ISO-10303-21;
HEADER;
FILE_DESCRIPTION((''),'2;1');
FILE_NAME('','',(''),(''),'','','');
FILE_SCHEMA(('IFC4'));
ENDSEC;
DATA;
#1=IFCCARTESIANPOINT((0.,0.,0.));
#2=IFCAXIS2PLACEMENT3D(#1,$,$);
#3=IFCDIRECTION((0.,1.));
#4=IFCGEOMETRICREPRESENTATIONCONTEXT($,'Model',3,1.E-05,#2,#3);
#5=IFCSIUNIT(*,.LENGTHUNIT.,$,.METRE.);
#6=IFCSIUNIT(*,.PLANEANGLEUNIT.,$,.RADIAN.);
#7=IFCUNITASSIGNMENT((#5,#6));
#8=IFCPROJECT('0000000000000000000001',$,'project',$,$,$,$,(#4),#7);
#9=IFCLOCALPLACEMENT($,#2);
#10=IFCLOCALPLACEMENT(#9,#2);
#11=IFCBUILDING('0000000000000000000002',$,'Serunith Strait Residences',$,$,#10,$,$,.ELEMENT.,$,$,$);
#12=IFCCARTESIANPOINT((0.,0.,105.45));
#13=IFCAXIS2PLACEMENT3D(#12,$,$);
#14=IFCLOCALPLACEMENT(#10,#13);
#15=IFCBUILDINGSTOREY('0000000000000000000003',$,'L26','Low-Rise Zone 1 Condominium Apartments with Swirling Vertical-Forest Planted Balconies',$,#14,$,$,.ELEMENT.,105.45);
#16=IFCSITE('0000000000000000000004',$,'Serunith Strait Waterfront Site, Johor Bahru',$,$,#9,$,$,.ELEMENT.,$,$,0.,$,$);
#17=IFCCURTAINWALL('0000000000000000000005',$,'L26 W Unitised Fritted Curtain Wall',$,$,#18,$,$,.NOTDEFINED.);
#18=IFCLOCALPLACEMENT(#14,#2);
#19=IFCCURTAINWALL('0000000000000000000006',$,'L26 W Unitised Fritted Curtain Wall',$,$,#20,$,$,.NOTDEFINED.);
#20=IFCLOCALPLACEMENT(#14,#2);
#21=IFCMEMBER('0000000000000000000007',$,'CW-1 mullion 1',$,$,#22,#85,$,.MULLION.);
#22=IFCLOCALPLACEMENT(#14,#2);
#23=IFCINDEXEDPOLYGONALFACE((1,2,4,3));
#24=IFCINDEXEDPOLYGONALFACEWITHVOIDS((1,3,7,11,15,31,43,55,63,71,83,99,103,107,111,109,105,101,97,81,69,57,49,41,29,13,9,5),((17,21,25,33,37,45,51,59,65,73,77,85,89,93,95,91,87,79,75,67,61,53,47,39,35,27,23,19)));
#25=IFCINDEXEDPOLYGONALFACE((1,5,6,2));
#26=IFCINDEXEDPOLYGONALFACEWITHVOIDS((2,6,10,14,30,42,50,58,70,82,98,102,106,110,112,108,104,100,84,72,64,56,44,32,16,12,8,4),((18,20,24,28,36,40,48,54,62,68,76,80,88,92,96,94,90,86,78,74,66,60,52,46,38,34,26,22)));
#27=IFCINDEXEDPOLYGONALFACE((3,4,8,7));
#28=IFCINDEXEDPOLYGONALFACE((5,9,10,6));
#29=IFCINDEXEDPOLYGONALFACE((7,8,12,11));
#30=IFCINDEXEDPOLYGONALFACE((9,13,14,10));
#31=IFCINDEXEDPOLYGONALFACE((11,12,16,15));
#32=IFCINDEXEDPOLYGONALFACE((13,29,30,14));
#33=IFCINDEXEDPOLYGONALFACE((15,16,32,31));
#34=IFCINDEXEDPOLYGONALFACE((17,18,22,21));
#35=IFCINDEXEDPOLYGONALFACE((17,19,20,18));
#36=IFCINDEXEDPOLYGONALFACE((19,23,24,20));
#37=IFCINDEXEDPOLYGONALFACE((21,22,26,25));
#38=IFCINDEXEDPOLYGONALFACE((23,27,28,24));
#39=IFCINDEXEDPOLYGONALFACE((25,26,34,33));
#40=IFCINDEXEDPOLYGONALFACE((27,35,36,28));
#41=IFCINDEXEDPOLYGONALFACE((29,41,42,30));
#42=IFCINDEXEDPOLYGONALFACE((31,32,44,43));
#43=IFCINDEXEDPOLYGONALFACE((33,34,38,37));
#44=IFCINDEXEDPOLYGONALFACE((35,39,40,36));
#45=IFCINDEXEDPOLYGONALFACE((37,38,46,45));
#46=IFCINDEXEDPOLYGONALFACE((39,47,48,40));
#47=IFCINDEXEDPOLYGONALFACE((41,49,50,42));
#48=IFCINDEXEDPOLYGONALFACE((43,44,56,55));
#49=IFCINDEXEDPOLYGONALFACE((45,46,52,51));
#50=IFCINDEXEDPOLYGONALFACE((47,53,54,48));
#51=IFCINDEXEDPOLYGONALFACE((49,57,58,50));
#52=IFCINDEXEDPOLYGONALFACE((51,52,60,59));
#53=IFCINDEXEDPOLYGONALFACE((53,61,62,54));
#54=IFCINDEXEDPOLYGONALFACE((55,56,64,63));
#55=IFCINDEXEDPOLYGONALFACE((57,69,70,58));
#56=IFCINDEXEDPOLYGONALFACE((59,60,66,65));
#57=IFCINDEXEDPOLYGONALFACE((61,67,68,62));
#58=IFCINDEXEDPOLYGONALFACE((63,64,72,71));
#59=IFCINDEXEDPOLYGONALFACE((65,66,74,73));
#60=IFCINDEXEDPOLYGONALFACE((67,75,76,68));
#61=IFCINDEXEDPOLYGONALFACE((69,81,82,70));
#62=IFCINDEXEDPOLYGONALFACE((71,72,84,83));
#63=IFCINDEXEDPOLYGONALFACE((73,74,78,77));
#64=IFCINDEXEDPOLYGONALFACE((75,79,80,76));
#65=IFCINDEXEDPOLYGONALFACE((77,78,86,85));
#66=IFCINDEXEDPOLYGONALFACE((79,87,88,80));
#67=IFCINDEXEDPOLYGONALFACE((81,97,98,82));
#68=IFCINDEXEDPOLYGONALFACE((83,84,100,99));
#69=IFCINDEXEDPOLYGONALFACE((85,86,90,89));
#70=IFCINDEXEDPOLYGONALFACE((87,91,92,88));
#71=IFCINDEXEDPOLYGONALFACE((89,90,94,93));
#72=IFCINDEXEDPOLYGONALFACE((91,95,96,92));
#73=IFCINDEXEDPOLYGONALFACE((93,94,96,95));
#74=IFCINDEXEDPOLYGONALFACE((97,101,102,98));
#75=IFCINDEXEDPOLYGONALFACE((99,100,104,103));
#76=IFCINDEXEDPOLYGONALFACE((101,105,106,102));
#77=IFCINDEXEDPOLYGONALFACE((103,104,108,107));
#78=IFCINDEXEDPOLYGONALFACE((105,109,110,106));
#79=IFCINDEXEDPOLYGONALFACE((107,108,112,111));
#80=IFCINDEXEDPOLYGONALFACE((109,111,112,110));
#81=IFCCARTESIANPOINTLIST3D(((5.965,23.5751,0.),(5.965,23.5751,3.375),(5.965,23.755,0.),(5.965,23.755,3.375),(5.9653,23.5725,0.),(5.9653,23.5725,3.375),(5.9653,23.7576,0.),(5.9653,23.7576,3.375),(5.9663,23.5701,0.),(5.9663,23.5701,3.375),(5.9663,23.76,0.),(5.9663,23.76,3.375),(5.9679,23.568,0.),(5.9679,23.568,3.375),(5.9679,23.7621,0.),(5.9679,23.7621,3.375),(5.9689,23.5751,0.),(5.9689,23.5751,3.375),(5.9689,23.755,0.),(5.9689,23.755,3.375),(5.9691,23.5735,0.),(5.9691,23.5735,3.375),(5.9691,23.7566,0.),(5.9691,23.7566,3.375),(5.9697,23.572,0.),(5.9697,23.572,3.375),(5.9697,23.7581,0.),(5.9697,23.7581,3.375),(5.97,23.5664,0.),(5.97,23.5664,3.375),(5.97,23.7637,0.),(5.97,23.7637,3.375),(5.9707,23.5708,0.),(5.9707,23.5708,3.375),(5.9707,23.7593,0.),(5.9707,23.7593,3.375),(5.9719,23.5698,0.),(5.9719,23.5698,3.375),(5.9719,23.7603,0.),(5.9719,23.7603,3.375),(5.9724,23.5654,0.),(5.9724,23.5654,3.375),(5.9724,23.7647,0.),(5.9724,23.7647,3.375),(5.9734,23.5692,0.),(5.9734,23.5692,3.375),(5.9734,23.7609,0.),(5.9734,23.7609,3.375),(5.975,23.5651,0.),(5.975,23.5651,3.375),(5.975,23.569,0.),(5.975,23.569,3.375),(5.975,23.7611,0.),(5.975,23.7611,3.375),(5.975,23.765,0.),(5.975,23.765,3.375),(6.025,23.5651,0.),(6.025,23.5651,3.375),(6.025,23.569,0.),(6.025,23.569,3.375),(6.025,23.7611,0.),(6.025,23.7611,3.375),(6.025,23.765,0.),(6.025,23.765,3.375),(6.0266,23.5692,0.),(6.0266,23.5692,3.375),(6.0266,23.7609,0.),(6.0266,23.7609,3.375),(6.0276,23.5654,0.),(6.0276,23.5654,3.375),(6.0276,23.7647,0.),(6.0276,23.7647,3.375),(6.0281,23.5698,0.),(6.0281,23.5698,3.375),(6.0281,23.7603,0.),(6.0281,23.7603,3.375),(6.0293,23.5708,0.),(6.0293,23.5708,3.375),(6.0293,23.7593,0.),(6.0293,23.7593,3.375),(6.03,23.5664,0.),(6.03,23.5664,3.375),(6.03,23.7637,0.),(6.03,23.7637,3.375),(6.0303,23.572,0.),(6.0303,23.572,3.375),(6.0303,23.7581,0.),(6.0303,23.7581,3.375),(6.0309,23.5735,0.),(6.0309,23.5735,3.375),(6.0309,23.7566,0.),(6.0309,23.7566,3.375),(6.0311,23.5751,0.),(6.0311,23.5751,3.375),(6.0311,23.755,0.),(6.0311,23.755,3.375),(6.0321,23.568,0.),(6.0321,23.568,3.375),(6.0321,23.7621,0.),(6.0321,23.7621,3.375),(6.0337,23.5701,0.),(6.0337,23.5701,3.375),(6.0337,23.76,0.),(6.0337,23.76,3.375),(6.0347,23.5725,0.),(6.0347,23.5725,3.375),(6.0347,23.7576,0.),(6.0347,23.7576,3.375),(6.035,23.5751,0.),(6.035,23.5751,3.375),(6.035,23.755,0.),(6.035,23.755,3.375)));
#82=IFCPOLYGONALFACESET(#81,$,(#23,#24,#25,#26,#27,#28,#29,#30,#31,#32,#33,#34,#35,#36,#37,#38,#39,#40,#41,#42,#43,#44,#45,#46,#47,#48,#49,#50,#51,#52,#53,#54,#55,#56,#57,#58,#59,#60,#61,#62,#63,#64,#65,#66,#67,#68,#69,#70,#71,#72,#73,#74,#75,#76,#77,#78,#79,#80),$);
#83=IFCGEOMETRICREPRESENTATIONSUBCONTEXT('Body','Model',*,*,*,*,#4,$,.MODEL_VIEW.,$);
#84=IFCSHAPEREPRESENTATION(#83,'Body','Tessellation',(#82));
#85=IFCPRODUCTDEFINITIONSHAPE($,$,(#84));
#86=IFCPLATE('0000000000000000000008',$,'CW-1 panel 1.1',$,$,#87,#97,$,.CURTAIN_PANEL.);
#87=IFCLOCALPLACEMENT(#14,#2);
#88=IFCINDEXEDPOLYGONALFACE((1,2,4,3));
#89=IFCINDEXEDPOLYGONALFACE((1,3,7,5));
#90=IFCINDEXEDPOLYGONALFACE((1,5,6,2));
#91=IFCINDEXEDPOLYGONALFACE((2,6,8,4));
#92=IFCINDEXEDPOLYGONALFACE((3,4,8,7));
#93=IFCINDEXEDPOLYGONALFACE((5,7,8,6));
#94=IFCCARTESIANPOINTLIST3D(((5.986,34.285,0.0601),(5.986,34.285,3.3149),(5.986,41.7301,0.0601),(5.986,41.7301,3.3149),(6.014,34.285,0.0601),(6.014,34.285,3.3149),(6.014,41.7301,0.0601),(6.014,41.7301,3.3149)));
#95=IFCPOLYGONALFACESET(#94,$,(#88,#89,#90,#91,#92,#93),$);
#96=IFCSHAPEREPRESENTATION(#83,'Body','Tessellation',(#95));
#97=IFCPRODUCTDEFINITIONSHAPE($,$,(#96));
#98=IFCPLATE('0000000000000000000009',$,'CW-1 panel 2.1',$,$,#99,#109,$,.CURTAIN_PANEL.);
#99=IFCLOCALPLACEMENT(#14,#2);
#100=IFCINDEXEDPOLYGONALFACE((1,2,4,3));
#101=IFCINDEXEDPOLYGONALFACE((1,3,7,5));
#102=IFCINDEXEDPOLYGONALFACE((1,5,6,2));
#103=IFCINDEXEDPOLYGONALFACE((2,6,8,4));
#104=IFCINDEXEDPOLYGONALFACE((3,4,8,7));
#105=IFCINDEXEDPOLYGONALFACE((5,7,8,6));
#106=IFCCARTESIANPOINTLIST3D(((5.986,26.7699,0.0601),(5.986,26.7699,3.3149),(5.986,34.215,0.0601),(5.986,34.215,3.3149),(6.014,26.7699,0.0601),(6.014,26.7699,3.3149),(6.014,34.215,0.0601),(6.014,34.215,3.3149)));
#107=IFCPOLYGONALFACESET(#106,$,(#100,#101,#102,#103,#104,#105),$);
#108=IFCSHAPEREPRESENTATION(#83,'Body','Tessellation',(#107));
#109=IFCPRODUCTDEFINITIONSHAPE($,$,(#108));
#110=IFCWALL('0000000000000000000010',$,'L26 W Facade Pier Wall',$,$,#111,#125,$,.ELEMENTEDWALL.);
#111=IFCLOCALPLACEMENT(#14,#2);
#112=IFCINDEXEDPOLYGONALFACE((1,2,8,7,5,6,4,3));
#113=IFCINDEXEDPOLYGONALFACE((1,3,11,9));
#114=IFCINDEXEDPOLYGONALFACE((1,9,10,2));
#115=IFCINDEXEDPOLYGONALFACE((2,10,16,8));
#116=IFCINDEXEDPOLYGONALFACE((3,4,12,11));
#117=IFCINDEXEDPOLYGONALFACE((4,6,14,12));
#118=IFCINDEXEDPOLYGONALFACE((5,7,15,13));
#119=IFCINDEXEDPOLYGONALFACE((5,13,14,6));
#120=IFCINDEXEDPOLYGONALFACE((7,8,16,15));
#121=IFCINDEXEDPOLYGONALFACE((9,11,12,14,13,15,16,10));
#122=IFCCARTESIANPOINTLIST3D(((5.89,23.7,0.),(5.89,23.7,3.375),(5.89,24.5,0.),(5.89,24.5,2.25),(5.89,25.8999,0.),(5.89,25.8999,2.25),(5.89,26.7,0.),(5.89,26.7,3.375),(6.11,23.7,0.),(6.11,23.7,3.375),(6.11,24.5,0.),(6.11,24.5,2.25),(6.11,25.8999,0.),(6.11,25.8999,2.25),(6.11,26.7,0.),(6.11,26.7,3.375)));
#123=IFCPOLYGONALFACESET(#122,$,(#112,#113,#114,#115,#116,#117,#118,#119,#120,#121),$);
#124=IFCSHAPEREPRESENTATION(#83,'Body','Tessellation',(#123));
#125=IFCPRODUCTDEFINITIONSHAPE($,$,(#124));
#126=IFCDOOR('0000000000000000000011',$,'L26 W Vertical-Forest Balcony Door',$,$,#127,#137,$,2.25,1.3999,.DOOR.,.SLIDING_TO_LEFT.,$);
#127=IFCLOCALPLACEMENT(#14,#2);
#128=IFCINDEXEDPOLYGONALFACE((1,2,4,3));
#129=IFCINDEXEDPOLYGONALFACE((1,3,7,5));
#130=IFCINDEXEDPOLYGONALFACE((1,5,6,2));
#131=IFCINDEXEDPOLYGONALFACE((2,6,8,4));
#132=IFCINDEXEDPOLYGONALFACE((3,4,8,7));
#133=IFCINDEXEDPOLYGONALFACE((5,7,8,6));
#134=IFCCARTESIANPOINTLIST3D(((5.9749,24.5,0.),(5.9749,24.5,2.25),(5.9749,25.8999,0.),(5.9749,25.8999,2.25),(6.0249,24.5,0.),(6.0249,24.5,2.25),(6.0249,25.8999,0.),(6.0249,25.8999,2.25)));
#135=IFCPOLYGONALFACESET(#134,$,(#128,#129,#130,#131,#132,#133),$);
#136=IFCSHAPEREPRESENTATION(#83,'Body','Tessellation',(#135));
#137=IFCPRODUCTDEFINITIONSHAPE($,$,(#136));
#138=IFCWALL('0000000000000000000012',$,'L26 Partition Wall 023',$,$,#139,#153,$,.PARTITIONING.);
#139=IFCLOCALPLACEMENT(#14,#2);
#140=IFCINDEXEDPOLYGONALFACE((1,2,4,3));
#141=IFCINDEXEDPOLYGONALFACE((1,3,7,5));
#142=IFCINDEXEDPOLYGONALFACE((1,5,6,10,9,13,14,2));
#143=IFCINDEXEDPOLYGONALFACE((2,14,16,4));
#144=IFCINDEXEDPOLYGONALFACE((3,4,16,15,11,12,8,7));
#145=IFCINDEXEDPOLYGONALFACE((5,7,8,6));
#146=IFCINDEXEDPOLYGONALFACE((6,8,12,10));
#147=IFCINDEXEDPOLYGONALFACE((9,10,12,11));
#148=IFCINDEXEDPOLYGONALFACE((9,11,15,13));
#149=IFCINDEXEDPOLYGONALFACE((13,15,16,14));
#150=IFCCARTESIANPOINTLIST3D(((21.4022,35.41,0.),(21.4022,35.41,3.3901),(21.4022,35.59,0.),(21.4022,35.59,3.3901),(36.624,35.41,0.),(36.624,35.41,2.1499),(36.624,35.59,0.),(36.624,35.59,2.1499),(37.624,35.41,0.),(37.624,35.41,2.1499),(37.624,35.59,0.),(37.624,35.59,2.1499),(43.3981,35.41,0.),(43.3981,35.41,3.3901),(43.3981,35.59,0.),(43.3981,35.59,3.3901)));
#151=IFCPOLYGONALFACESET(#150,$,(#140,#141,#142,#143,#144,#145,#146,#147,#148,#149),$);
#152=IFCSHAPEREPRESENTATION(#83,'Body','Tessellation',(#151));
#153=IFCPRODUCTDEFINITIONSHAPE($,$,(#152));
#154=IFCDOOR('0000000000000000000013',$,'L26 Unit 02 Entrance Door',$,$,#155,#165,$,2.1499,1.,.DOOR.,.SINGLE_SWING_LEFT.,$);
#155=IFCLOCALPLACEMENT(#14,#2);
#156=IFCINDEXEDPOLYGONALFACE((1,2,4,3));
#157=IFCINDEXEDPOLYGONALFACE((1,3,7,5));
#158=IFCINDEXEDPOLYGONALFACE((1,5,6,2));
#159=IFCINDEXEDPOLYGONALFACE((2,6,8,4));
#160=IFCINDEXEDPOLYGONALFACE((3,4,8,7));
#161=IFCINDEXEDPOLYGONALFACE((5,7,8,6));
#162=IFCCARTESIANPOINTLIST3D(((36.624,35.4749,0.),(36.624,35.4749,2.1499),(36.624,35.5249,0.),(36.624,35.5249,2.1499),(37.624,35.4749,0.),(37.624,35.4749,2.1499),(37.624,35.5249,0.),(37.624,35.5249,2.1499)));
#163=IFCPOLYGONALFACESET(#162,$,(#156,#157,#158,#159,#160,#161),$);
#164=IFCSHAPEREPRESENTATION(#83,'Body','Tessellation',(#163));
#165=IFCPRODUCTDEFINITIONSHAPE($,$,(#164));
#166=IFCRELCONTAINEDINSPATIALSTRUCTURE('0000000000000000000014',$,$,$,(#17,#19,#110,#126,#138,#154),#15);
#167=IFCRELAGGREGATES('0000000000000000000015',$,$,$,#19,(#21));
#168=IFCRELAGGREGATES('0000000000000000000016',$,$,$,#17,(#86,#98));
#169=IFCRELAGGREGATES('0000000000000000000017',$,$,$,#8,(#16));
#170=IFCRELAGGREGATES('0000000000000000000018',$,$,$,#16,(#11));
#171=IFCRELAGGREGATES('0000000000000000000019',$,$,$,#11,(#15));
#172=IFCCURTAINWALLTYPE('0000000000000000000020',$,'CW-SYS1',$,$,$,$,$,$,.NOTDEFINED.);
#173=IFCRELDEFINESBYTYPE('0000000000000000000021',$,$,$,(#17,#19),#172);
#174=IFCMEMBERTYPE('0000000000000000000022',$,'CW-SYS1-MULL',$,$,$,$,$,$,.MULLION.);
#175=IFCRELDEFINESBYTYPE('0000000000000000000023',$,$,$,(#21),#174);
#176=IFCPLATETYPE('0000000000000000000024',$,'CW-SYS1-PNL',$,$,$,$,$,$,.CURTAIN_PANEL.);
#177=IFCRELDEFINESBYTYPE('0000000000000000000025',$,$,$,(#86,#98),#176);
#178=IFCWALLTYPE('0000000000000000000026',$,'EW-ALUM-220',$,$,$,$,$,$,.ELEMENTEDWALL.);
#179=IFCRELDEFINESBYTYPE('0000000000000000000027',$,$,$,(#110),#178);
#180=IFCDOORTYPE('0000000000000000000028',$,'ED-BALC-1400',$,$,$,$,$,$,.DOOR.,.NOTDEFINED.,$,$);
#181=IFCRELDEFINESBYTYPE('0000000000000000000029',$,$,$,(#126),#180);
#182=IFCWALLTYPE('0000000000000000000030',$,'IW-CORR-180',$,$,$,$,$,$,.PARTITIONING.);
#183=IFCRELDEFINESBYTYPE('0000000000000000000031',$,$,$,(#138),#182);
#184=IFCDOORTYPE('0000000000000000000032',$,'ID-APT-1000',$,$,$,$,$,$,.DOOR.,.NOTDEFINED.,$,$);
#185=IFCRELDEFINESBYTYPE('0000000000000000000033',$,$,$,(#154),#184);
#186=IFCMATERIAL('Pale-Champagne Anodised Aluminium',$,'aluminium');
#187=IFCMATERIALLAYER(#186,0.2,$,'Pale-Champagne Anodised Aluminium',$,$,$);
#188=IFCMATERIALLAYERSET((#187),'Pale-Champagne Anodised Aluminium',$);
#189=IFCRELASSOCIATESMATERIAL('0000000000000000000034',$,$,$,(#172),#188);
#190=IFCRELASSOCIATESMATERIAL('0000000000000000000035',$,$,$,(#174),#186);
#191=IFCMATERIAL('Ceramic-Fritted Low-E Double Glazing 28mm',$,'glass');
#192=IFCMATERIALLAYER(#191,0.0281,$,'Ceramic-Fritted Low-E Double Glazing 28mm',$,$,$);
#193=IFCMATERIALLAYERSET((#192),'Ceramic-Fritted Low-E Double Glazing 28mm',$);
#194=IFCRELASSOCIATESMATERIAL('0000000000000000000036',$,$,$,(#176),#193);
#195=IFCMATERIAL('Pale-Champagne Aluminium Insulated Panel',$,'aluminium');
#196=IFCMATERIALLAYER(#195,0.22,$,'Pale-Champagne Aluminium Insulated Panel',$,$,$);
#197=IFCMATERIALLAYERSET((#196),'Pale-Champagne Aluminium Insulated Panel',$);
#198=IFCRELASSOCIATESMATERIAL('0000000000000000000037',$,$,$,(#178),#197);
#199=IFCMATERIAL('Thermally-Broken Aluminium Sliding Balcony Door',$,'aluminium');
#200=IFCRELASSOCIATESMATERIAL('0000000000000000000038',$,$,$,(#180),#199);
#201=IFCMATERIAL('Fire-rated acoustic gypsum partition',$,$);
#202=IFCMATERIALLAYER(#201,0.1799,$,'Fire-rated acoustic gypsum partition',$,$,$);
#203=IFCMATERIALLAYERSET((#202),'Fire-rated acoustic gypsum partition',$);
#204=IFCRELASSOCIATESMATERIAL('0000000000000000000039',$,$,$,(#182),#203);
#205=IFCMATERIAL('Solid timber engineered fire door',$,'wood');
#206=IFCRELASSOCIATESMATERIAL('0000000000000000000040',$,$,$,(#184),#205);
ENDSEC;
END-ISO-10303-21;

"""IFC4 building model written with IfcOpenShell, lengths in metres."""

from ifc_helpers import new_model, si_unit, direction, frame, frame_2d, origin, origin_2d, place, context, subcontext, project, spatial, rectangle, hollow_rectangle, extrude, source, transform, mapped, material, layer, layer_set, material_profile, profile_set, type_object, element, fill, aggregate, save


model = new_model("IFC4")

# Units and contexts
model_context = context("Model", 3, precision=1e-05, world=origin(), true_north=direction((0.0, 1.0)))
body_context = subcontext(model_context, "Body", "Model", "MODEL_VIEW")
ifc_project = project(units=[si_unit("LENGTHUNIT", "METRE"), si_unit("PLANEANGLEUNIT", "RADIAN")], contexts=[model_context])

# Site, building, storey
site_placement = place(None, origin())
site = spatial("IfcSite", under=ifc_project, at=site_placement, Name="Serunith Strait Waterfront Site, Johor Bahru", CompositionType="ELEMENT", RefElevation=0.0)
building_placement = place(site_placement, origin())
building = spatial("IfcBuilding", under=site, at=building_placement, Name="Serunith Strait Residences", CompositionType="ELEMENT")
storey_placement = place(building_placement, frame((0.0, 0.0, 105.45)))
storey = spatial("IfcBuildingStorey", under=building, at=storey_placement, Name="L26", Description="Low-Rise Zone 1 Condominium Apartments with Swirling Vertical-Forest Planted Balconies", CompositionType="ELEMENT", Elevation=105.45)

# Curtain wall
ifc_material_1 = material(Name="Pale-Champagne Anodised Aluminium", Category="aluminium")
ifc_layer_1 = layer(ifc_material_1, 0.2, Name="Pale-Champagne Anodised Aluminium")
ifc_layer_set_1 = layer_set([ifc_layer_1], Name="Pale-Champagne Anodised Aluminium")
curtain_wall_type = type_object("IfcCurtainWallType", Name="CW-SYS1", PredefinedType="NOTDEFINED", material=ifc_layer_set_1)
curtain_wall_1_placement = place(storey_placement, origin())
curtain_wall_1 = element("IfcCurtainWall", 1, at=curtain_wall_1_placement, inside=storey, type_object=curtain_wall_type, Name="L26 W Unitised Fritted Curtain Wall", PredefinedType="NOTDEFINED")
ifc_material_profile_1 = material_profile(ifc_material_1, hollow_rectangle(XDim=0.0701, YDim=0.2, WallThickness=0.0039, InnerFilletRadius=0.0061, OuterFilletRadius=0.01, at=origin_2d()), Name="ALU 200x70x4")
ifc_profile_set_1 = profile_set([ifc_material_profile_1], Name="Pale-Champagne Anodised Aluminium")
member_type_1 = type_object("IfcMemberType", Name="CW-SYS1-MULL", PredefinedType="MULLION", material=ifc_profile_set_1)
shared_shape_1 = source(origin(), body_context, "Body", "SweptSolid", [
    extrude(hollow_rectangle(XDim=0.0701, YDim=0.2, WallThickness=0.0039, InnerFilletRadius=0.0061, OuterFilletRadius=0.01, at=origin_2d()), origin(), (0.0, 0.0, 1.0), 3.375),
])

# Curtain wall, member
curtain_wall_2_placement = place(storey_placement, origin())
curtain_wall_2 = element("IfcCurtainWall", 2, at=curtain_wall_2_placement, inside=storey, type_object=curtain_wall_type, Name="L26 W Unitised Fritted Curtain Wall", PredefinedType="NOTDEFINED")
member_1_placement = place(storey_placement, frame((6.0, 23.665, 0.0), z_axis=(0.0, 0.0, 1.0), x_axis=(1.0, 0.0, 0.0)))
member_1 = element("IfcMember", 3, at=member_1_placement, type_object=member_type_1, Name="CW-1 mullion 1", PredefinedType="MULLION", context=body_context, shape_type="MappedRepresentation", body=[
    mapped(shared_shape_1, transform((0.0, 0.0, 0.0), scale=1.0)),
])
aggregate(curtain_wall_2, [member_1])

# Plates
ifc_material_2 = material(Name="Ceramic-Fritted Low-E Double Glazing 28mm", Category="glass")
ifc_layer_2 = layer(ifc_material_2, 0.0281, Name="Ceramic-Fritted Low-E Double Glazing 28mm")
ifc_layer_set_2 = layer_set([ifc_layer_2], Name="Ceramic-Fritted Low-E Double Glazing 28mm")
plate_type = type_object("IfcPlateType", Name="CW-SYS1-PNL", PredefinedType="CURTAIN_PANEL", material=ifc_layer_set_2)
shared_shape_2 = source(origin(), body_context, "Body", "SweptSolid", [
    extrude(rectangle(XDim=7.4451, YDim=0.0281, at=origin_2d()), origin(), (0.0, 0.0, 1.0), 3.2549),
])
plate_1_placement = place(storey_placement, frame((6.0, 38.0076, 0.0601), z_axis=(0.0, 0.0, 1.0), x_axis=(0.0, -1.0, 0.0)))
plate_1 = element("IfcPlate", 4, at=plate_1_placement, type_object=plate_type, Name="CW-1 panel 1.1", PredefinedType="CURTAIN_PANEL", context=body_context, shape_type="MappedRepresentation", body=[
    mapped(shared_shape_2, transform((0.0, 0.0, 0.0), scale=1.0)),
])
plate_2_placement = place(storey_placement, frame((6.0, 30.4924, 0.0601), z_axis=(0.0, 0.0, 1.0), x_axis=(0.0, -1.0, 0.0)))
plate_2 = element("IfcPlate", 5, at=plate_2_placement, type_object=plate_type, Name="CW-1 panel 2.1", PredefinedType="CURTAIN_PANEL", context=body_context, shape_type="MappedRepresentation", body=[
    mapped(shared_shape_2, transform((0.0, 0.0, 0.0), scale=1.0)),
])
aggregate(curtain_wall_1, [plate_1, plate_2])

# Walls, openings, doors
ifc_material_3 = material(Name="Pale-Champagne Aluminium Insulated Panel", Category="aluminium")
ifc_layer_3 = layer(ifc_material_3, 0.22, Name="Pale-Champagne Aluminium Insulated Panel")
ifc_layer_set_3 = layer_set([ifc_layer_3], Name="Pale-Champagne Aluminium Insulated Panel")
wall_type_1 = type_object("IfcWallType", Name="EW-ALUM-220", PredefinedType="ELEMENTEDWALL", material=ifc_layer_set_3)
wall_1_placement = place(storey_placement, frame((6.0, 26.7, 0.0), z_axis=(0.0, 0.0, 1.0), x_axis=(0.0, -1.0, 0.0)))
wall_1 = element("IfcWall", 6, at=wall_1_placement, inside=storey, type_object=wall_type_1, Name="L26 W Facade Pier Wall", PredefinedType="ELEMENTEDWALL", context=body_context, shape_type="SweptSolid", body=[
    extrude(rectangle(XDim=3.0, YDim=0.22, at=frame_2d((1.5, 0.0))), origin(), (0.0, 0.0, 1.0), 3.375),
])
opening_1_placement = place(wall_1_placement, frame((0.8, 0.0, 0.0)))
opening_1 = element("IfcOpeningElement", 7, at=opening_1_placement, cuts=wall_1, PredefinedType="OPENING", context=body_context, shape_type="SweptSolid", body=[
    extrude(rectangle(XDim=1.3999, YDim=2.25, at=frame_2d((0.7, 1.125))), frame((0.0, 0.1201, 0.0), z_axis=(0.0, -1.0, 0.0), x_axis=(1.0, 0.0, 0.0)), (0.0, 0.0, 1.0), 0.24),
])
ifc_material_4 = material(Name="Thermally-Broken Aluminium Sliding Balcony Door", Category="aluminium")
door_type_1 = type_object("IfcDoorType", Name="ED-BALC-1400", OperationType="NOTDEFINED", PredefinedType="DOOR", material=ifc_material_4)
shared_shape_3 = source(origin(), body_context, "Body", "SweptSolid", [
    extrude(rectangle(XDim=1.3999, YDim=2.25, at=frame_2d((0.7, 1.125))), frame((0.0, 0.0249, 0.0), z_axis=(0.0, -1.0, 0.0), x_axis=(1.0, 0.0, 0.0)), (0.0, 0.0, 1.0), 0.05),
])
door_1_placement = place(opening_1_placement, origin())
door_1 = element("IfcDoor", 8, at=door_1_placement, inside=storey, type_object=door_type_1, Name="L26 W Vertical-Forest Balcony Door", OperationType="SLIDING_TO_LEFT", OverallHeight=2.25, OverallWidth=1.3999, PredefinedType="DOOR", context=body_context, shape_type="MappedRepresentation", body=[
    mapped(shared_shape_3, transform((0.0, 0.0, 0.0), scale=1.0)),
])
fill(opening_1, door_1)
ifc_material_5 = material(Name="Fire-rated acoustic gypsum partition")
ifc_layer_4 = layer(ifc_material_5, 0.1799, Name="Fire-rated acoustic gypsum partition")
ifc_layer_set_4 = layer_set([ifc_layer_4], Name="Fire-rated acoustic gypsum partition")
wall_type_2 = type_object("IfcWallType", Name="IW-CORR-180", PredefinedType="PARTITIONING", material=ifc_layer_set_4)
wall_2_placement = place(storey_placement, frame((21.4021, 35.5, 0.0), z_axis=(0.0, 0.0, 1.0), x_axis=(1.0, 0.0, 0.0)))
wall_2 = element("IfcWall", 9, at=wall_2_placement, inside=storey, type_object=wall_type_2, Name="L26 Partition Wall 023", PredefinedType="PARTITIONING", context=body_context, shape_type="SweptSolid", body=[
    extrude(rectangle(XDim=21.9958, YDim=0.1799, at=frame_2d((10.998, 0.0))), origin(), (0.0, 0.0, 1.0), 3.3901),
])
opening_2_placement = place(wall_2_placement, frame((15.2219, 0.0, 0.0)))
opening_2 = element("IfcOpeningElement", 10, at=opening_2_placement, cuts=wall_2, PredefinedType="OPENING", context=body_context, shape_type="SweptSolid", body=[
    extrude(rectangle(XDim=1.0, YDim=2.1499, at=frame_2d((0.5, 1.075))), frame((0.0, 0.1001, 0.0), z_axis=(0.0, -1.0, 0.0), x_axis=(1.0, 0.0, 0.0)), (0.0, 0.0, 1.0), 0.2),
])
ifc_material_6 = material(Name="Solid timber engineered fire door", Category="wood")
door_type_2 = type_object("IfcDoorType", Name="ID-APT-1000", OperationType="NOTDEFINED", PredefinedType="DOOR", material=ifc_material_6)
shared_shape_4 = source(origin(), body_context, "Body", "SweptSolid", [
    extrude(rectangle(XDim=1.0, YDim=2.1499, at=frame_2d((0.5, 1.075))), frame((0.0, 0.0249, 0.0), z_axis=(0.0, -1.0, 0.0), x_axis=(1.0, 0.0, 0.0)), (0.0, 0.0, 1.0), 0.05),
])
door_2_placement = place(opening_2_placement, origin())
door_2 = element("IfcDoor", 11, at=door_2_placement, inside=storey, type_object=door_type_2, Name="L26 Unit 02 Entrance Door", OperationType="SINGLE_SWING_LEFT", OverallHeight=2.1499, OverallWidth=1.0, PredefinedType="DOOR", context=body_context, shape_type="MappedRepresentation", body=[
    mapped(shared_shape_4, transform((0.0, 0.0, 0.0), scale=1.0)),
])
fill(opening_2, door_2)

save(model, "model.ifc")
